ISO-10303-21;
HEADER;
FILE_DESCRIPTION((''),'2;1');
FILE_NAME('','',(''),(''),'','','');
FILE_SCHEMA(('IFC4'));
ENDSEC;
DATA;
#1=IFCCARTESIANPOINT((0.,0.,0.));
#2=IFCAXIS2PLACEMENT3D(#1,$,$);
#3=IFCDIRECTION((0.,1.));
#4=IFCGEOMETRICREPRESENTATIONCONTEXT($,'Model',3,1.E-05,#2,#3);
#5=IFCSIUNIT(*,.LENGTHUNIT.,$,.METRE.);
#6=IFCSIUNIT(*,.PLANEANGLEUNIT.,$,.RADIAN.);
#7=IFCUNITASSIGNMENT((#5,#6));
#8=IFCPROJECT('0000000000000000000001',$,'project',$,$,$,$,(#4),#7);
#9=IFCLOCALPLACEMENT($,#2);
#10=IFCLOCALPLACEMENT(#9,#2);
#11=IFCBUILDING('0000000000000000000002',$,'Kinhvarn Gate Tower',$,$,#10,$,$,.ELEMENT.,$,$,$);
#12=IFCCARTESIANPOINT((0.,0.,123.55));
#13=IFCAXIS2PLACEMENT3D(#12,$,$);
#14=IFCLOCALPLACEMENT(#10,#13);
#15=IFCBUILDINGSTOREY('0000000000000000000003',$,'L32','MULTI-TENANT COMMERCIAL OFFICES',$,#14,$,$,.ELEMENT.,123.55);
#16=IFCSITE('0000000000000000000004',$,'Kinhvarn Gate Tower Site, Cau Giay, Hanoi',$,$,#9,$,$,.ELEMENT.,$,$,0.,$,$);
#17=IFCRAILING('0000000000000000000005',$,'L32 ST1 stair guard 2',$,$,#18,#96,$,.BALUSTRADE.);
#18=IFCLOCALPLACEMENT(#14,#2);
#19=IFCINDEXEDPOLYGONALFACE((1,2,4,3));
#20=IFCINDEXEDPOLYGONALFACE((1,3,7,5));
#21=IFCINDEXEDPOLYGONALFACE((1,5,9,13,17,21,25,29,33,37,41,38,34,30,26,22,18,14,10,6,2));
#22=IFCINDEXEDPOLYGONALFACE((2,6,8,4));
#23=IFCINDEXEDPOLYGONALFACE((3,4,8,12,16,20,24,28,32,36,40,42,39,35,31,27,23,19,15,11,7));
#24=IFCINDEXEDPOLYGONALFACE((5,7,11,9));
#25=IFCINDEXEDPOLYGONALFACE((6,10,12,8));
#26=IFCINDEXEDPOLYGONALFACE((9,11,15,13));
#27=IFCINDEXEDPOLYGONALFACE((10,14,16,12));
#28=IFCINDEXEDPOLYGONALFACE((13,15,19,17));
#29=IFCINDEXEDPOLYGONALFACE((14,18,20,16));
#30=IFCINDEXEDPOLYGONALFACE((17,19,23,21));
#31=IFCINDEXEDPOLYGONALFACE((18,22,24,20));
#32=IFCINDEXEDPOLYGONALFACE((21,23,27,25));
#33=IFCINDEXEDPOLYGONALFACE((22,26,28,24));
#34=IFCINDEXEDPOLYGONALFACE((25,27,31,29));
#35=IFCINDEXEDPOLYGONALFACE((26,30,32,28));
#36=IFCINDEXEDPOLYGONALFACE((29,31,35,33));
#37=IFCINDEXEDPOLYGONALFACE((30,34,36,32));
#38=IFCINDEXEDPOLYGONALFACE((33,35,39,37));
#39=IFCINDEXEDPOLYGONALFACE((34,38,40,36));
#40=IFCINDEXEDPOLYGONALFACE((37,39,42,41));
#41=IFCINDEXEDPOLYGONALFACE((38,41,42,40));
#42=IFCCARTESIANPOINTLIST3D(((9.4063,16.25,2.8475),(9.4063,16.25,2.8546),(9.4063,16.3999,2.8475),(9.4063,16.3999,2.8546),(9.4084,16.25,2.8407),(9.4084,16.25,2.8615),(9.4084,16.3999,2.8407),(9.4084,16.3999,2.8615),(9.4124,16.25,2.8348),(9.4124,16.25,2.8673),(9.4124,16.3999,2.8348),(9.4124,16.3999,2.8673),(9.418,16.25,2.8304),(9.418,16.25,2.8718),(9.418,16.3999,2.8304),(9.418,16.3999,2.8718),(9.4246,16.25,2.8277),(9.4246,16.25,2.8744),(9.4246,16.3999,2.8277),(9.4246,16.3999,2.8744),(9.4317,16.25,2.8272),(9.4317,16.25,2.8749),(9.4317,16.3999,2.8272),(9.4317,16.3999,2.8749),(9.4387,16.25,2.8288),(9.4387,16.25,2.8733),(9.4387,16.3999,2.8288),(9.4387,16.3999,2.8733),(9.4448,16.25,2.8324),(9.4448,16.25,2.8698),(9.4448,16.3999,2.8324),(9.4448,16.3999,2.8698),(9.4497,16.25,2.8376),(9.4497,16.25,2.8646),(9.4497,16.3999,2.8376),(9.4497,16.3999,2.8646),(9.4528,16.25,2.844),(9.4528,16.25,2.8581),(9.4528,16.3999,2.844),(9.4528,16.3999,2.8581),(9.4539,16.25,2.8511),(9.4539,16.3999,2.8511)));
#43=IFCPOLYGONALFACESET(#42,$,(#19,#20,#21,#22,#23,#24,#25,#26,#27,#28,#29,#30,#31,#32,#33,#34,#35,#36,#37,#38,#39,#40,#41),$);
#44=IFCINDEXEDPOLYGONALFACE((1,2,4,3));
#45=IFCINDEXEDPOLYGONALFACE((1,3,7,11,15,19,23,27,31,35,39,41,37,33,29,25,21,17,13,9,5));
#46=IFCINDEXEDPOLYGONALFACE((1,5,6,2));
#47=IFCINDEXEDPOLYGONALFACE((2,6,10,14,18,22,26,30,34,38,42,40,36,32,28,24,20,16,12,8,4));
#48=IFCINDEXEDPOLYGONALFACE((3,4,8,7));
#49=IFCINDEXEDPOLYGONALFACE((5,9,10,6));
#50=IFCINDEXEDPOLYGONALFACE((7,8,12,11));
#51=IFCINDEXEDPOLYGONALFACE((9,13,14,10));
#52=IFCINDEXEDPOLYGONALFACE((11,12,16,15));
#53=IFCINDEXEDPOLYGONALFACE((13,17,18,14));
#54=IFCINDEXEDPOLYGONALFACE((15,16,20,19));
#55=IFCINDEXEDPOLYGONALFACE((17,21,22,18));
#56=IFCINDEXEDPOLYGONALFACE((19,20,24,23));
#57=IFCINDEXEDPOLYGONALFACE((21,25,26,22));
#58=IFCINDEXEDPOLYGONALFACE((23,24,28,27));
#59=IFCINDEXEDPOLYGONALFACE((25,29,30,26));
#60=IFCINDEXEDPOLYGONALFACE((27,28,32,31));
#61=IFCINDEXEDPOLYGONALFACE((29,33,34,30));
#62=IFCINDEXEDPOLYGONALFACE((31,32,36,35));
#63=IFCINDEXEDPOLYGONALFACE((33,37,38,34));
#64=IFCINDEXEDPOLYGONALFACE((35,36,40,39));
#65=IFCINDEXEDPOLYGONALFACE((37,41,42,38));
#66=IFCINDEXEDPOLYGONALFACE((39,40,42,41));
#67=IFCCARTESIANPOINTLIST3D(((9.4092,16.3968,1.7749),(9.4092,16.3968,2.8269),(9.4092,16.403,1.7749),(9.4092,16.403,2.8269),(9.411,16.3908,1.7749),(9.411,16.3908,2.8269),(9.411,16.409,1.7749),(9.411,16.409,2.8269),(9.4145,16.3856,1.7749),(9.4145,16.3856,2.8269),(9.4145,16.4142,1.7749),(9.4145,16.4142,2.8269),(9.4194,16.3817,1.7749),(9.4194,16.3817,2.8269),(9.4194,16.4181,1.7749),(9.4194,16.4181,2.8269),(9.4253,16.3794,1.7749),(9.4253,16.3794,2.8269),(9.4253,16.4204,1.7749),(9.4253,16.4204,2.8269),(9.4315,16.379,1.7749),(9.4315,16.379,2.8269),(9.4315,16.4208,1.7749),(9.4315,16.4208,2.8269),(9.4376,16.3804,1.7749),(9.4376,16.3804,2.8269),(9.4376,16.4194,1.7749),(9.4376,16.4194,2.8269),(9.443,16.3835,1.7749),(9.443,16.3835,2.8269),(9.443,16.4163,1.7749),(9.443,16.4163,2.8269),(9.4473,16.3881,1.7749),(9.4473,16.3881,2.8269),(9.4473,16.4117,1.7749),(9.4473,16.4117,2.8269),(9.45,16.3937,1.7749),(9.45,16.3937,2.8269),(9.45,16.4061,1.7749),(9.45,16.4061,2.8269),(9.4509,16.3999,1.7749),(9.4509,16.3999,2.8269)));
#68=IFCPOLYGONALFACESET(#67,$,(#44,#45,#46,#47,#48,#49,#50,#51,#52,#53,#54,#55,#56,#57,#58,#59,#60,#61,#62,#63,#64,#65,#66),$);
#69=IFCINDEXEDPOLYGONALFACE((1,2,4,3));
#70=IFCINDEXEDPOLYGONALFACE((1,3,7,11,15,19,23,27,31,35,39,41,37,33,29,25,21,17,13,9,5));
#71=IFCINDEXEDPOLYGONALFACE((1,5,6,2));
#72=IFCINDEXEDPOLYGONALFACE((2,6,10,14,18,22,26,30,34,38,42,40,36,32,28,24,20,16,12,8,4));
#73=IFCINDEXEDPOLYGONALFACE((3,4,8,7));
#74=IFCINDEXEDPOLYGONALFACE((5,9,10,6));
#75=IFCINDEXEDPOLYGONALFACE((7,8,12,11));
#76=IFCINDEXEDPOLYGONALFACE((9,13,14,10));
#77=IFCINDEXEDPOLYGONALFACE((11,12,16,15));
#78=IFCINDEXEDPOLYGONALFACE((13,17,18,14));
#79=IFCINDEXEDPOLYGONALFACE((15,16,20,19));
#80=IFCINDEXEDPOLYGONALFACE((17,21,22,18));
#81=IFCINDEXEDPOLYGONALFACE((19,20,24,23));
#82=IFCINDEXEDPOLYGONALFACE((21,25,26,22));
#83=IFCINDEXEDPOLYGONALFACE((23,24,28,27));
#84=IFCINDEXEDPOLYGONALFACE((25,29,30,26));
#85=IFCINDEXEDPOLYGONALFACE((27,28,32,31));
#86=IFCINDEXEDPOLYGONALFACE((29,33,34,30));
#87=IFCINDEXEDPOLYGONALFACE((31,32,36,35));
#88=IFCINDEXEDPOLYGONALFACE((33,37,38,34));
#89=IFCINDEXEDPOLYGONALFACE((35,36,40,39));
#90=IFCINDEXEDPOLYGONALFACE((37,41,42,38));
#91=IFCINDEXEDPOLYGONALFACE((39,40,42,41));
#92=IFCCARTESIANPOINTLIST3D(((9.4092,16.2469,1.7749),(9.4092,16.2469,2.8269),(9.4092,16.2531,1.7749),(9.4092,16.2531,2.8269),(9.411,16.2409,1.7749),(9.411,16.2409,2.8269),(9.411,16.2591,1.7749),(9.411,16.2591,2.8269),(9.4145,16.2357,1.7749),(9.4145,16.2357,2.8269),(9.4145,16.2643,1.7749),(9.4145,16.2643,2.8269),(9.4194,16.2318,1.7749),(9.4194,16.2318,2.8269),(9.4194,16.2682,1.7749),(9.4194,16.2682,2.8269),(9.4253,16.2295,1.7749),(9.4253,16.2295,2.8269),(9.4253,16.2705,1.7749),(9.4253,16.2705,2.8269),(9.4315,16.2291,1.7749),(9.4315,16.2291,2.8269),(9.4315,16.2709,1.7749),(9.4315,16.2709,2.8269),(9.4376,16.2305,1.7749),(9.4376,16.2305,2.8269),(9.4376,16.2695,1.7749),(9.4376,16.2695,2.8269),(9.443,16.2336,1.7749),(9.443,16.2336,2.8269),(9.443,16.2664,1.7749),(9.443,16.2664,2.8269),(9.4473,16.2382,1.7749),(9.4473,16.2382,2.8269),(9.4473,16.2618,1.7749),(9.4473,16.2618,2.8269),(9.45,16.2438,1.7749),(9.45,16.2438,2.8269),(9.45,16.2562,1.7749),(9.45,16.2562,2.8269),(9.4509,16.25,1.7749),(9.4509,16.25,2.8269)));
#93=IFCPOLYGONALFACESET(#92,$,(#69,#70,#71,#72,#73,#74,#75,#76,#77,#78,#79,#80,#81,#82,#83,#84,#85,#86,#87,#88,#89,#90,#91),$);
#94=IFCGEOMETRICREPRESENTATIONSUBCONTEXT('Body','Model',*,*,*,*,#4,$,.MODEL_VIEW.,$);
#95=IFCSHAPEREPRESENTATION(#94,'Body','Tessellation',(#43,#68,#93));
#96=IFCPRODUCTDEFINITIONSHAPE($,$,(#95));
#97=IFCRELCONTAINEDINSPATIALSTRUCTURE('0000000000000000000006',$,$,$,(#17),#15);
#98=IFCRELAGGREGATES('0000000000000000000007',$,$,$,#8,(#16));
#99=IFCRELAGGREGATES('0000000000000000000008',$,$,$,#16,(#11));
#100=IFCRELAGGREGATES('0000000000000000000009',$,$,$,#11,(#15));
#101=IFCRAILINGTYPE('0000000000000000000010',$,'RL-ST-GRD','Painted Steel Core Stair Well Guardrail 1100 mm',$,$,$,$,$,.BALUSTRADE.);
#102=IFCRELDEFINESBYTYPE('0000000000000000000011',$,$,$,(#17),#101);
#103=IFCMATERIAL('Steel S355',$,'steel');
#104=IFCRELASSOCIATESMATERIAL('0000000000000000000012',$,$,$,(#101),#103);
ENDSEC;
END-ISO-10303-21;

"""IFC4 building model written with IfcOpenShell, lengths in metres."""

from ifc_helpers import new_model, si_unit, direction, frame, origin, origin_2d, place, context, subcontext, project, spatial, circle, extrude, material, type_object, element, save


model = new_model("IFC4")

# Units and contexts
model_context = context("Model", 3, precision=1e-05, world=origin(), true_north=direction((0.0, 1.0)))
body_context = subcontext(model_context, "Body", "Model", "MODEL_VIEW")
ifc_project = project(units=[si_unit("LENGTHUNIT", "METRE"), si_unit("PLANEANGLEUNIT", "RADIAN")], contexts=[model_context])

# Site, building, storey
site_placement = place(None, origin())
site = spatial("IfcSite", under=ifc_project, at=site_placement, Name="Kinhvarn Gate Tower Site, Cau Giay, Hanoi", CompositionType="ELEMENT", RefElevation=0.0)
building_placement = place(site_placement, origin())
building = spatial("IfcBuilding", under=site, at=building_placement, Name="Kinhvarn Gate Tower", CompositionType="ELEMENT")
storey_placement = place(building_placement, frame((0.0, 0.0, 123.55)))
storey = spatial("IfcBuildingStorey", under=building, at=storey_placement, Name="L32", Description="MULTI-TENANT COMMERCIAL OFFICES", CompositionType="ELEMENT", Elevation=123.55)

# Shared definitions
ifc_material_1 = material(Name="Steel S355", Category="steel")

# Railing
railing_type_1 = type_object("IfcRailingType", Name="RL-ST-GRD", Description="Painted Steel Core Stair Well Guardrail 1100 mm", PredefinedType="BALUSTRADE", material=ifc_material_1)
railing_1_placement = place(storey_placement, frame((9.4299, 16.3999, 1.7749)))
element("IfcRailing", 1, at=railing_1_placement, inside=storey, type_object=railing_type_1, Name="L32 ST1 stair guard 2", PredefinedType="BALUSTRADE", context=body_context, shape_type="SweptSolid", body=[
    extrude(circle(Radius=0.0239, at=origin_2d()), frame((0.0, 0.0, 1.0762), z_axis=(0.0, -1.0, 0.0), x_axis=(1.0, 0.0, 0.0)), (0.0, 0.0, 1.0), 0.1499),
    extrude(circle(Radius=0.021, at=origin_2d()), origin(), (0.0, 0.0, 1.0), 1.052),
    extrude(circle(Radius=0.021, at=origin_2d()), frame((0.0, -0.1499, 0.0)), (0.0, 0.0, 1.0), 1.052),
])

save(model, "model.ifc")
